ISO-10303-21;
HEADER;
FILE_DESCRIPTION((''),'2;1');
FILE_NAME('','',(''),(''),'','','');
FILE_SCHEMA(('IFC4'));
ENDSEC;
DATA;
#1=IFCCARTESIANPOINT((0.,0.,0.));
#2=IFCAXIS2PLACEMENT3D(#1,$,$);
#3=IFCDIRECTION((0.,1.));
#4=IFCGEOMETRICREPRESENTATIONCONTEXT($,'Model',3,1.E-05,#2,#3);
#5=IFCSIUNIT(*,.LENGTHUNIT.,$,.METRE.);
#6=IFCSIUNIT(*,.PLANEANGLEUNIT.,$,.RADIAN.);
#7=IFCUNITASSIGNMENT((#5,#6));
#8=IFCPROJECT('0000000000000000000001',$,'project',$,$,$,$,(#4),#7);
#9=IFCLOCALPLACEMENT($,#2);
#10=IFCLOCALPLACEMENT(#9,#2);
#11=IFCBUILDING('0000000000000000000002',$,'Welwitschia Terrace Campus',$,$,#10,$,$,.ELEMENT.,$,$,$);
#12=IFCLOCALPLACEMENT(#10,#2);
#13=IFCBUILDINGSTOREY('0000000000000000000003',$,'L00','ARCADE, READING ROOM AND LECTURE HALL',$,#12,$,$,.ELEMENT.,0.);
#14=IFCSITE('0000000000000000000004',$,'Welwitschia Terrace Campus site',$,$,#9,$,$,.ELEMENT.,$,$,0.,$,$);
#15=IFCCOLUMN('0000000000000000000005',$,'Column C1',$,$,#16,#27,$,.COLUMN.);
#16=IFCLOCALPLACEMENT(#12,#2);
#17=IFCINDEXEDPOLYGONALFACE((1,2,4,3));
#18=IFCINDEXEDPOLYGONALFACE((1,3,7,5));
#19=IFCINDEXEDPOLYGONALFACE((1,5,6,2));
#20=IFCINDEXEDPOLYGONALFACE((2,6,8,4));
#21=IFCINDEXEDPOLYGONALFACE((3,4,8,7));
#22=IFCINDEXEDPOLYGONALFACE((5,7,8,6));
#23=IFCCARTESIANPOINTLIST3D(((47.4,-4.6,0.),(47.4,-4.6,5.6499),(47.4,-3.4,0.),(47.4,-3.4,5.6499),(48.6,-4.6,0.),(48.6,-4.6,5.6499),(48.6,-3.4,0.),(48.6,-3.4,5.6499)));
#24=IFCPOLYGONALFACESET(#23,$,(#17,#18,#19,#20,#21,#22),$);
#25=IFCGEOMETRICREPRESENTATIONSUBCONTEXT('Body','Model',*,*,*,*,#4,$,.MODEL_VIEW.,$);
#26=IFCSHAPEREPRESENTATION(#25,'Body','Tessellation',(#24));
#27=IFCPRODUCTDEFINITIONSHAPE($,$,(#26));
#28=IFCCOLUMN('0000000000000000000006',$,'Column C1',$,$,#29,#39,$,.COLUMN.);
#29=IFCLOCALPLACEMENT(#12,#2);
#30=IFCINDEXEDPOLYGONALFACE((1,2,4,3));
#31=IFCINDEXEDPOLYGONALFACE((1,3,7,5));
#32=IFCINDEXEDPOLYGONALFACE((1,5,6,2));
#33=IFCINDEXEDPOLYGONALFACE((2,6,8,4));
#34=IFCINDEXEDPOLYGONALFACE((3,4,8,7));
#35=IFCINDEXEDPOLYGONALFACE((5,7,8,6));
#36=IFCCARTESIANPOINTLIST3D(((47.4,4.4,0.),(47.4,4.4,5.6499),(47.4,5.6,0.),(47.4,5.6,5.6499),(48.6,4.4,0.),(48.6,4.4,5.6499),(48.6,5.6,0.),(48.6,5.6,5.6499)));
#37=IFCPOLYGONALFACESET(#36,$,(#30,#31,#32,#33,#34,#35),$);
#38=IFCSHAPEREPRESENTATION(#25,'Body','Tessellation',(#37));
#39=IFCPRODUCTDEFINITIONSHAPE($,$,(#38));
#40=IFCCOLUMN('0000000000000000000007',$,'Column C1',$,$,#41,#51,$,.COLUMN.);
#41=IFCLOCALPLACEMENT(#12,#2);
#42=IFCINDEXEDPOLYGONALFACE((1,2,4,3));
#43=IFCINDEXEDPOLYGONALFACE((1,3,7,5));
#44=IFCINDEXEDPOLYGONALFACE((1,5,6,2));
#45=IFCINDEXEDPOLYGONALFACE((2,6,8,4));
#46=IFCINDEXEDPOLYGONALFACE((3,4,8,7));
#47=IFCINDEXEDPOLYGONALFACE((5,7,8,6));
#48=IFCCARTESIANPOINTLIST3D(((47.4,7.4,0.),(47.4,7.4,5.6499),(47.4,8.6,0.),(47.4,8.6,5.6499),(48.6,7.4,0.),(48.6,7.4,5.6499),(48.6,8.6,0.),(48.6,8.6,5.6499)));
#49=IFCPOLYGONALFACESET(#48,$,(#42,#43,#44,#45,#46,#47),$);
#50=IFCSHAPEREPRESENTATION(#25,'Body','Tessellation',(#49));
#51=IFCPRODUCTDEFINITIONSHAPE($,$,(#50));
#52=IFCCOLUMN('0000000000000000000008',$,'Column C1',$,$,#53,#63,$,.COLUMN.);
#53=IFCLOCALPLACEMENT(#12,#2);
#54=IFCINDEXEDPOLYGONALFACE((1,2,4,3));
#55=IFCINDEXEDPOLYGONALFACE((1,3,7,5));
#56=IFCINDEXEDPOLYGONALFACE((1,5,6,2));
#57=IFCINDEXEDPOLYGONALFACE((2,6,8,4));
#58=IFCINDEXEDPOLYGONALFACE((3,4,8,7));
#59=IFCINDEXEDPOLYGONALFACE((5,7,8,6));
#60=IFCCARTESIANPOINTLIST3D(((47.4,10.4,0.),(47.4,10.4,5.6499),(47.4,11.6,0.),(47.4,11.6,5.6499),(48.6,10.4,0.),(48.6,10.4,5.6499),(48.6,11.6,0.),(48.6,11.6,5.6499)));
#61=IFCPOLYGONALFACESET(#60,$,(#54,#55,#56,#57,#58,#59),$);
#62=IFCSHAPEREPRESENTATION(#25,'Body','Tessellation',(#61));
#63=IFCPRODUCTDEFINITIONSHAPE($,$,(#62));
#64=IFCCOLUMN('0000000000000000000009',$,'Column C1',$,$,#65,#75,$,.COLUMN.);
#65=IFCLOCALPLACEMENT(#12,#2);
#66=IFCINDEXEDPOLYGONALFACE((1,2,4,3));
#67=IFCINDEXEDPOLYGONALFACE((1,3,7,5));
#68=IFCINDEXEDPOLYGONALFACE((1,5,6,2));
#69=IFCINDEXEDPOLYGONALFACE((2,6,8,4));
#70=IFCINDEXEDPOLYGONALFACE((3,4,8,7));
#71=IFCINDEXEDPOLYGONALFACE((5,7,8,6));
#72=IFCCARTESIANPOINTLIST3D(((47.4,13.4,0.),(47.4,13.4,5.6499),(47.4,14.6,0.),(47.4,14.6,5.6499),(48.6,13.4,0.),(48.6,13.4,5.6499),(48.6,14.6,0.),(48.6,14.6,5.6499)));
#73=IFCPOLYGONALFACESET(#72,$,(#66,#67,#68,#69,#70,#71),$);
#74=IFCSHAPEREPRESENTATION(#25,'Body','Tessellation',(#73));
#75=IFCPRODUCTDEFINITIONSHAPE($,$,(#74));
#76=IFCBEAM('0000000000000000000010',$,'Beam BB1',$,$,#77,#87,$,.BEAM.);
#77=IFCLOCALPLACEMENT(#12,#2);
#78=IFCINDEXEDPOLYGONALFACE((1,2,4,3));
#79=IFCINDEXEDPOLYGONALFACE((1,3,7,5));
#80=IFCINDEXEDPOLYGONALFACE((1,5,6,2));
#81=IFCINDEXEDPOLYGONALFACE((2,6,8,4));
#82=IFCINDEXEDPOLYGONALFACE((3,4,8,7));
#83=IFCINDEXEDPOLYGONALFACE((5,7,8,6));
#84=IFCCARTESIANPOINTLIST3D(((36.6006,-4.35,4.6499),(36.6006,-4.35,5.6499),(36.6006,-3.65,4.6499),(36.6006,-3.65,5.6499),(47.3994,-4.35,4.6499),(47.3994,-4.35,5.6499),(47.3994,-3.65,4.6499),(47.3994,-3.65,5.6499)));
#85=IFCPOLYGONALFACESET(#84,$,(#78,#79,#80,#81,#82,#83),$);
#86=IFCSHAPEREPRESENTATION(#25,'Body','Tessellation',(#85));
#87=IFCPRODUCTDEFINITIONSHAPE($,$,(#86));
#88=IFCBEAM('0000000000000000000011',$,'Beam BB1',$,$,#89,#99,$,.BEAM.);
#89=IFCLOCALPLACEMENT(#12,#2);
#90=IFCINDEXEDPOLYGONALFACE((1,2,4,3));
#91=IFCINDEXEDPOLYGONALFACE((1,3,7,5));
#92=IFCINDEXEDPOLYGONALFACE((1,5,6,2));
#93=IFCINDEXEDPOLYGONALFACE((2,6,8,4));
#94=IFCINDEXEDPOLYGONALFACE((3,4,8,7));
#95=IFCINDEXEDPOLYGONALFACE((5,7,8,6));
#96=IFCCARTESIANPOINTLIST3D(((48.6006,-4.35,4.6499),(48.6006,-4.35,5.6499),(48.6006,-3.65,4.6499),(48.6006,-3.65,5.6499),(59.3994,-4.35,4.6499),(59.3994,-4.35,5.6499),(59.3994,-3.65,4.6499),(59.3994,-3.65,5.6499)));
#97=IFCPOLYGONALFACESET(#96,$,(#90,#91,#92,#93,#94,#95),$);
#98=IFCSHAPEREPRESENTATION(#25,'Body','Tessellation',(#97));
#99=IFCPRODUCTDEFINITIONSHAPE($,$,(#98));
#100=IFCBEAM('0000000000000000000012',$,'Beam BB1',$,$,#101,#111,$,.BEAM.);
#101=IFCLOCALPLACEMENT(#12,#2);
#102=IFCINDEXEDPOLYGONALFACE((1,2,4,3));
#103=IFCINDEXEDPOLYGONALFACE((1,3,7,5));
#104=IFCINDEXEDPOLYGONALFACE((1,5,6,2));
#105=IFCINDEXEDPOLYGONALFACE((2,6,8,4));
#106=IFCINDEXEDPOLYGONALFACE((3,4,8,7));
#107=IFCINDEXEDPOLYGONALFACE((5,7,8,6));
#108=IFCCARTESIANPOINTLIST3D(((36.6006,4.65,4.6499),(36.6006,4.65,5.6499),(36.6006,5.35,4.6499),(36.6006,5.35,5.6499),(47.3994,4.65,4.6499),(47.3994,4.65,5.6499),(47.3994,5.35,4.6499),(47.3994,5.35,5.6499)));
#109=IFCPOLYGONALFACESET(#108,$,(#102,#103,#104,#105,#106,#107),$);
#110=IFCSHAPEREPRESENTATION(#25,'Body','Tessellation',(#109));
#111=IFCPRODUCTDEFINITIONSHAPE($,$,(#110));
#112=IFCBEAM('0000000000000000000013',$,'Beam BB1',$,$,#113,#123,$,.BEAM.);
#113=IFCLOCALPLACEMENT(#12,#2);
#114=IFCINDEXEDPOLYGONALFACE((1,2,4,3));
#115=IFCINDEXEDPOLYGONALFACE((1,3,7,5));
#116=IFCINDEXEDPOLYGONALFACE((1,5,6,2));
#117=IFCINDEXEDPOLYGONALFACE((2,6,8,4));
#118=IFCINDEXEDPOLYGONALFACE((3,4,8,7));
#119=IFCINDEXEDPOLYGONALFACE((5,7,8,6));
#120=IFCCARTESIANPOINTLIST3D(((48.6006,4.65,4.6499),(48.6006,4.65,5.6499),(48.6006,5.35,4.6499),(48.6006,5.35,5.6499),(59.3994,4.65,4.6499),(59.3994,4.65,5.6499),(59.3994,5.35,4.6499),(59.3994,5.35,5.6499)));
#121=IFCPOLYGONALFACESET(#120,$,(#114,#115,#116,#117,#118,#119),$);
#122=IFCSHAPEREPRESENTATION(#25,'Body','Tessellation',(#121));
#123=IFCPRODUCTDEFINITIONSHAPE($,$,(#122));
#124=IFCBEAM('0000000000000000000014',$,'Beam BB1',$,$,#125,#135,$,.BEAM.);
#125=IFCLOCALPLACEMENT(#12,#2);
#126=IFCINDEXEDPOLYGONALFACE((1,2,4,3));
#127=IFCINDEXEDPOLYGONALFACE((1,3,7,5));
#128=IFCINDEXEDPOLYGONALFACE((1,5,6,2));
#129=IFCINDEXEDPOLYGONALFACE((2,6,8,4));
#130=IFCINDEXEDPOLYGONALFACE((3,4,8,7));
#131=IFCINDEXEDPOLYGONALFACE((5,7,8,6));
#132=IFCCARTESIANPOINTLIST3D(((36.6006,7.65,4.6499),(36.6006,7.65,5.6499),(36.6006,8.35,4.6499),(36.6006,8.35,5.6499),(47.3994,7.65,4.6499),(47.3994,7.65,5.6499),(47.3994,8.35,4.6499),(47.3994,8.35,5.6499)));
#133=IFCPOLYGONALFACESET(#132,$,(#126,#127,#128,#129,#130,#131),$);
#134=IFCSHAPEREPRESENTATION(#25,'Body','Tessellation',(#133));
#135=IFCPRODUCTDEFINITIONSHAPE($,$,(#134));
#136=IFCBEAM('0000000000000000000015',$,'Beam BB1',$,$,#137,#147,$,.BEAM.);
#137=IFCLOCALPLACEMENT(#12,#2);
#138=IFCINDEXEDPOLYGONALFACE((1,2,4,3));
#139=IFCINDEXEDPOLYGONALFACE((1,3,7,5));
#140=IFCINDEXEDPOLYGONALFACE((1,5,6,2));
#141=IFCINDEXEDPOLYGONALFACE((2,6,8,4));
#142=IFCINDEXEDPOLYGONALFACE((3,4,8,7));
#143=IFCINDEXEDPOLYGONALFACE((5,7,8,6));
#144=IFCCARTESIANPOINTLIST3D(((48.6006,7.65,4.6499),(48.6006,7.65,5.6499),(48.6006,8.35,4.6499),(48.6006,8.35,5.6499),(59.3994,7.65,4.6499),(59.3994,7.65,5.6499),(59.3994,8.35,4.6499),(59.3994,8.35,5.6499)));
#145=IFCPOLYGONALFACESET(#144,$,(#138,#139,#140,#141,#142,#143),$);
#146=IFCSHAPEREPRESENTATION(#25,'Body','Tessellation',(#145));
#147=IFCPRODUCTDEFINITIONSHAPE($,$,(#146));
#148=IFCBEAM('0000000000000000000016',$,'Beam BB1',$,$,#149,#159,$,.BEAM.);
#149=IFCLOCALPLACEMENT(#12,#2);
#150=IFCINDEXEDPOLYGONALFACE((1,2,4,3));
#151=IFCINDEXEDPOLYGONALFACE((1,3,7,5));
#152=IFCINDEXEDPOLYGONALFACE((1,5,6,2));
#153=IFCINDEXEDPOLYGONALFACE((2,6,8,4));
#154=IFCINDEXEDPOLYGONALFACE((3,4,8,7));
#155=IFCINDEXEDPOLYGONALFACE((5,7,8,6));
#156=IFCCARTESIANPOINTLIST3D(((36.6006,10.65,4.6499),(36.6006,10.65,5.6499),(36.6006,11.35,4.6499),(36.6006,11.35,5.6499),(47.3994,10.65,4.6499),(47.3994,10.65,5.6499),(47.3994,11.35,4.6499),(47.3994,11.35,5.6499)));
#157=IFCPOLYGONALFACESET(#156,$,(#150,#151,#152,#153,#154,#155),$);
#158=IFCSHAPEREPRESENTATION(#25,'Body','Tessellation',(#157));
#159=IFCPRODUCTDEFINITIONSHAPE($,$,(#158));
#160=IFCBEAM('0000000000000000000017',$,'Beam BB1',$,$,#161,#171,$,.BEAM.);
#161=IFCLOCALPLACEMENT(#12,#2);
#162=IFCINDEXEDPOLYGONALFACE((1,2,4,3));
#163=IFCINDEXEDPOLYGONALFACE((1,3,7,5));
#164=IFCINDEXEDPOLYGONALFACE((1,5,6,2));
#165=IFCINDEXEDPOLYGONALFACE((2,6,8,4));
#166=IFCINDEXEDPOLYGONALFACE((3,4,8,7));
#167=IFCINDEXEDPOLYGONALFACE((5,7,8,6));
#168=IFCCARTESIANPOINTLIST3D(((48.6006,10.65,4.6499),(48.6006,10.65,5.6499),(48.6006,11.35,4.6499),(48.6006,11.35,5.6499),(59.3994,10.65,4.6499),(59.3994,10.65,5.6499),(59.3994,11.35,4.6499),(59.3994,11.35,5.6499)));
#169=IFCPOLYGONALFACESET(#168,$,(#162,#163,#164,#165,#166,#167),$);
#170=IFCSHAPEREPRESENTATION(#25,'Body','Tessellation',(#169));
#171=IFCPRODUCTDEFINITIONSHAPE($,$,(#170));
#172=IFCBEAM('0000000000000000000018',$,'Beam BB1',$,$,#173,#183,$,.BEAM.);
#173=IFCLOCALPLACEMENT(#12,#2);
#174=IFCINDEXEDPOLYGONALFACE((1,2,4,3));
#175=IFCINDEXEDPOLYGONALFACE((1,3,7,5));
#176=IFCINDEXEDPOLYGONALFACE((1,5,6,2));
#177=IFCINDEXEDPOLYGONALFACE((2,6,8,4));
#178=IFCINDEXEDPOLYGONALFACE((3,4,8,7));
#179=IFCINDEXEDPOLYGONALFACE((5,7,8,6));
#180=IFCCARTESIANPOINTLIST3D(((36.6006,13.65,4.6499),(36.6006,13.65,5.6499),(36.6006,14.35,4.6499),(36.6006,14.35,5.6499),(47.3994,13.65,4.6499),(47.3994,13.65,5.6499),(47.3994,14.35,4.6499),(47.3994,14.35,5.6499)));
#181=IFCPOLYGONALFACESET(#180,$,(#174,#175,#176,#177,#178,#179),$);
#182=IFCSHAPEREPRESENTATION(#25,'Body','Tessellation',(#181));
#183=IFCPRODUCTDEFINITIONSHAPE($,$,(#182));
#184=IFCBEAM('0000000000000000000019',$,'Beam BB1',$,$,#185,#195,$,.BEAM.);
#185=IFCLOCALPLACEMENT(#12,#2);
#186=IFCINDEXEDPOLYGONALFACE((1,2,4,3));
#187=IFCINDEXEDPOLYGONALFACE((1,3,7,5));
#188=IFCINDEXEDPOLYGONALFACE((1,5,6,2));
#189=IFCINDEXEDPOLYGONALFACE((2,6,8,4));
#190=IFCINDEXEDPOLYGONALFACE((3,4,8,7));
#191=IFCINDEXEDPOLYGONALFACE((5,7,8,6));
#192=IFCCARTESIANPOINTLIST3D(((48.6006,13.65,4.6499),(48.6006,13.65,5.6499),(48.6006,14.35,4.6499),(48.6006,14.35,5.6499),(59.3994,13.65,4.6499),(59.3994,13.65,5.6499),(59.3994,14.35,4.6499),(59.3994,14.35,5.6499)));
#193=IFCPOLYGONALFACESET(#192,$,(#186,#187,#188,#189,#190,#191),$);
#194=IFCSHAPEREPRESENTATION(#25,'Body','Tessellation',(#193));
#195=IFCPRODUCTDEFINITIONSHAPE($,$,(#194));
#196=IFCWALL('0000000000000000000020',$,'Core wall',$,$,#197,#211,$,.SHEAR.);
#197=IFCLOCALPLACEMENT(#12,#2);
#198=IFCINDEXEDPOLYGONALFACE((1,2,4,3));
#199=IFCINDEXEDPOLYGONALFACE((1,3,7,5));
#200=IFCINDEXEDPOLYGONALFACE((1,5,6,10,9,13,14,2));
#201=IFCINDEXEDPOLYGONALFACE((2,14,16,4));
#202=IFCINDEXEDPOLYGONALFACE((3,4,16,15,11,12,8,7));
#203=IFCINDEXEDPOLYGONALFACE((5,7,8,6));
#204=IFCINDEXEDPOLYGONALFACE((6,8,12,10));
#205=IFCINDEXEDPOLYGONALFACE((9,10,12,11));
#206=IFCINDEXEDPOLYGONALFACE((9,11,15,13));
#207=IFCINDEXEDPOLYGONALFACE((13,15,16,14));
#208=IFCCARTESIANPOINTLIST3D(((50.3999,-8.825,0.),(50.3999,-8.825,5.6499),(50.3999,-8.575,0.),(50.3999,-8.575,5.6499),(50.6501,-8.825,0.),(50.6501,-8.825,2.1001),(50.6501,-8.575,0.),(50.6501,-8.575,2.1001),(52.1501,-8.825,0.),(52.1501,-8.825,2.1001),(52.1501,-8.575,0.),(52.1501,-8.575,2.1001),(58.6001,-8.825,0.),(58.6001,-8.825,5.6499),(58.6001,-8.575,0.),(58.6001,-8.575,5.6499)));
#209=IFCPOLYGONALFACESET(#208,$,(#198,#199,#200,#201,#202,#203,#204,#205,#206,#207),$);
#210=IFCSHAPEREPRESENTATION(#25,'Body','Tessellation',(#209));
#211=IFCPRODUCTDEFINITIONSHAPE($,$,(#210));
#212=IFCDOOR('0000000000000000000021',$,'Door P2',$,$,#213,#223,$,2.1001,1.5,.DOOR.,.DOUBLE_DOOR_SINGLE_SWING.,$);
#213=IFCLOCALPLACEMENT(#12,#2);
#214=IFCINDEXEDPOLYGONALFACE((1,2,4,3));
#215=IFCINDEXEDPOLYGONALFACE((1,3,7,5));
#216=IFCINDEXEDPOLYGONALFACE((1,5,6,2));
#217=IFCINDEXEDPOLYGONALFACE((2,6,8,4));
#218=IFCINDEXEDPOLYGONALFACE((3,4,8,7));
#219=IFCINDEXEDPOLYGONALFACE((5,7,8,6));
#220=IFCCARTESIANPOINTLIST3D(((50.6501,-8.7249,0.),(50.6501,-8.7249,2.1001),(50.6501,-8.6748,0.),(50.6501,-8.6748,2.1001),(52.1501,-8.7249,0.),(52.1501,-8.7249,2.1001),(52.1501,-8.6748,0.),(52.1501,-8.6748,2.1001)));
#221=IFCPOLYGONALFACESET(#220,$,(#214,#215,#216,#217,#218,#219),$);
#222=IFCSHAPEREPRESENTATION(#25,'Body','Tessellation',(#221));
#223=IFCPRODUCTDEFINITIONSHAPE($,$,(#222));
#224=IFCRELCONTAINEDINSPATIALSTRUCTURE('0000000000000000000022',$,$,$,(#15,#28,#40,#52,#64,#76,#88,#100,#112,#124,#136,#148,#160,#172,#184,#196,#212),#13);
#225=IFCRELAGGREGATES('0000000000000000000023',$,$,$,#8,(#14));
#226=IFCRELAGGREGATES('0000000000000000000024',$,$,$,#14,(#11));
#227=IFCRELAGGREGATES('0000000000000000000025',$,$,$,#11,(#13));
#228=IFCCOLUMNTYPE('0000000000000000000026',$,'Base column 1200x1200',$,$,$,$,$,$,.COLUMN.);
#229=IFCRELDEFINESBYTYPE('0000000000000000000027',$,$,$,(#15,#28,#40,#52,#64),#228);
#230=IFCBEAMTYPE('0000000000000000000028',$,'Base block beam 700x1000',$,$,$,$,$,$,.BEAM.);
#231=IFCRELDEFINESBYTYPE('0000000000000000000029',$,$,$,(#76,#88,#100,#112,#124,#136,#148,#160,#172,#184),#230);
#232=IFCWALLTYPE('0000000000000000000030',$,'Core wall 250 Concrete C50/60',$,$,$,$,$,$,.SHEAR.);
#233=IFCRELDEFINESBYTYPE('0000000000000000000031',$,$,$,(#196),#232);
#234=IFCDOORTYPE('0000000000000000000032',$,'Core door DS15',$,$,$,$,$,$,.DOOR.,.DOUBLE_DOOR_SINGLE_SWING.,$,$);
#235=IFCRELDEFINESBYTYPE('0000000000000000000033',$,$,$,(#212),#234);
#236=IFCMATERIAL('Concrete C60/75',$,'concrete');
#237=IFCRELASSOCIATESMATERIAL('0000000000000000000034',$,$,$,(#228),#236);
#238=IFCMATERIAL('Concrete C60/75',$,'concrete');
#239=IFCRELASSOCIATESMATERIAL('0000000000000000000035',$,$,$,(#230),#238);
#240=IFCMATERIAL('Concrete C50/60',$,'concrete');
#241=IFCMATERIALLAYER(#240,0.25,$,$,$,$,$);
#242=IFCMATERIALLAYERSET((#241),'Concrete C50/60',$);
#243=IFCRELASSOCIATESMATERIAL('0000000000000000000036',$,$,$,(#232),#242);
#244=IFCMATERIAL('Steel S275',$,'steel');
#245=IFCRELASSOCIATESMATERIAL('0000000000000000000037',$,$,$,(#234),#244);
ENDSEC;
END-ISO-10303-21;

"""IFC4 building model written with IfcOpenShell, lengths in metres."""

from ifc_helpers import new_model, si_unit, direction, frame, frame_2d, origin, origin_2d, place, context, subcontext, project, spatial, rectangle, extrude, material, layer, layer_set, material_profile, profile_set, type_object, element, fill, save


model = new_model("IFC4")

# Units and contexts
model_context = context("Model", 3, precision=1e-05, world=origin(), true_north=direction((0.0, 1.0)))
body_context = subcontext(model_context, "Body", "Model", "MODEL_VIEW")
ifc_project = project(units=[si_unit("LENGTHUNIT", "METRE"), si_unit("PLANEANGLEUNIT", "RADIAN")], contexts=[model_context])

# Site, building, storey
site_placement = place(None, origin())
site = spatial("IfcSite", under=ifc_project, at=site_placement, Name="Welwitschia Terrace Campus site", CompositionType="ELEMENT", RefElevation=0.0)
building_placement = place(site_placement, origin())
building = spatial("IfcBuilding", under=site, at=building_placement, Name="Welwitschia Terrace Campus", CompositionType="ELEMENT")
storey_placement = place(building_placement, origin())
storey = spatial("IfcBuildingStorey", under=building, at=storey_placement, Name="L00", Description="ARCADE, READING ROOM AND LECTURE HALL", CompositionType="ELEMENT", Elevation=0.0)

# Columns
ifc_material_1 = material(Name="Concrete C60/75", Category="concrete")
ifc_material_profile_1 = material_profile(ifc_material_1, rectangle(XDim=1.2, YDim=1.2, at=origin_2d()))
ifc_profile_set_1 = profile_set([ifc_material_profile_1], Name="Concrete C60/75")
column_type = type_object("IfcColumnType", Name="Base column 1200x1200", PredefinedType="COLUMN", material=ifc_profile_set_1)
for number, where, z_axis, x_axis, name in (
    (1, (48.0, -4.0, 0.0), (0.0, 0.0, 1.0), (1.0, 0.0, 0.0), "Column C1"),
    (2, (48.0, 5.0, 0.0), (0.0, 0.0, 1.0), (1.0, 0.0, 0.0), "Column C1"),
    (3, (48.0, 8.0, 0.0), (0.0, 0.0, 1.0), (1.0, 0.0, 0.0), "Column C1"),
    (4, (48.0, 11.0, 0.0), (0.0, 0.0, 1.0), (1.0, 0.0, 0.0), "Column C1"),
    (5, (48.0, 14.0, 0.0), (0.0, 0.0, 1.0), (1.0, 0.0, 0.0), "Column C1"),
):
    element("IfcColumn", number, at=place(storey_placement, frame(where, z_axis=z_axis, x_axis=x_axis)), inside=storey, type_object=column_type, Name=name, PredefinedType="COLUMN", context=body_context, shape_type="SweptSolid", body=[
        extrude(rectangle(XDim=1.2, YDim=1.2, at=origin_2d()), origin(), (0.0, 0.0, 1.0), 5.6499),
    ])

# Beams
ifc_material_2 = material(Name="Concrete C60/75", Category="concrete")
ifc_material_profile_2 = material_profile(ifc_material_2, rectangle(XDim=0.7, YDim=1.0, at=origin_2d()))
ifc_profile_set_2 = profile_set([ifc_material_profile_2], Name="Concrete C60/75")
beam_type = type_object("IfcBeamType", Name="Base block beam 700x1000", PredefinedType="BEAM", material=ifc_profile_set_2)
for number, where, z_axis, x_axis, name in (
    (6, (36.6006, -4.0, 5.1499), (1.0, 0.0, 0.0), (0.0, 1.0, 0.0), "Beam BB1"),
    (7, (48.6006, -4.0, 5.1499), (1.0, 0.0, 0.0), (0.0, 1.0, 0.0), "Beam BB1"),
    (8, (36.6006, 5.0, 5.1499), (1.0, 0.0, 0.0), (0.0, 1.0, 0.0), "Beam BB1"),
    (9, (48.6006, 5.0, 5.1499), (1.0, 0.0, 0.0), (0.0, 1.0, 0.0), "Beam BB1"),
    (10, (36.6006, 8.0, 5.1499), (1.0, 0.0, 0.0), (0.0, 1.0, 0.0), "Beam BB1"),
    (11, (48.6006, 8.0, 5.1499), (1.0, 0.0, 0.0), (0.0, 1.0, 0.0), "Beam BB1"),
    (12, (36.6006, 11.0, 5.1499), (1.0, 0.0, 0.0), (0.0, 1.0, 0.0), "Beam BB1"),
    (13, (48.6006, 11.0, 5.1499), (1.0, 0.0, 0.0), (0.0, 1.0, 0.0), "Beam BB1"),
    (14, (36.6006, 14.0, 5.1499), (1.0, 0.0, 0.0), (0.0, 1.0, 0.0), "Beam BB1"),
    (15, (48.6006, 14.0, 5.1499), (1.0, 0.0, 0.0), (0.0, 1.0, 0.0), "Beam BB1"),
):
    element("IfcBeam", number, at=place(storey_placement, frame(where, z_axis=z_axis, x_axis=x_axis)), inside=storey, type_object=beam_type, Name=name, PredefinedType="BEAM", context=body_context, shape_type="SweptSolid", body=[
        extrude(rectangle(XDim=0.7, YDim=1.0, at=origin_2d()), origin(), (0.0, 0.0, 1.0), 10.7988),
    ])

# Wall, opening, door
ifc_material_3 = material(Name="Concrete C50/60", Category="concrete")
ifc_layer_1 = layer(ifc_material_3, 0.25)
ifc_layer_set_1 = layer_set([ifc_layer_1], Name="Concrete C50/60")
wall_type_1 = type_object("IfcWallType", Name="Core wall 250 Concrete C50/60", PredefinedType="SHEAR", material=ifc_layer_set_1)
wall_1_placement = place(storey_placement, frame((58.6001, -8.7, 0.0), z_axis=(0.0, 0.0, 1.0), x_axis=(-1.0, 0.0, 0.0)))
wall_1 = element("IfcWall", 16, at=wall_1_placement, inside=storey, type_object=wall_type_1, Name="Core wall", PredefinedType="SHEAR", context=body_context, shape_type="SweptSolid", body=[
    extrude(rectangle(XDim=8.2002, YDim=0.25, at=frame_2d((4.1001, 0.0))), origin(), (0.0, 0.0, 1.0), 5.6499),
])
opening_1_placement = place(wall_1_placement, frame((6.45, 0.0, 0.0)))
opening_1 = element("IfcOpeningElement", 17, at=opening_1_placement, cuts=wall_1, PredefinedType="OPENING", context=body_context, shape_type="SweptSolid", body=[
    extrude(rectangle(XDim=1.5, YDim=2.1001, at=frame_2d((0.75, 1.05))), frame((0.0, 0.135, 0.0), z_axis=(0.0, -1.0, 0.0), x_axis=(1.0, 0.0, 0.0)), (0.0, 0.0, 1.0), 0.27),
])
ifc_material_4 = material(Name="Steel S275", Category="steel")
door_type_1 = type_object("IfcDoorType", Name="Core door DS15", OperationType="DOUBLE_DOOR_SINGLE_SWING", PredefinedType="DOOR", material=ifc_material_4)
door_1_placement = place(opening_1_placement, origin())
door_1 = element("IfcDoor", 18, at=door_1_placement, inside=storey, type_object=door_type_1, Name="Door P2", OperationType="DOUBLE_DOOR_SINGLE_SWING", OverallHeight=2.1001, OverallWidth=1.5, PredefinedType="DOOR", context=body_context, shape_type="SweptSolid", body=[
    extrude(rectangle(XDim=1.5, YDim=2.1001, at=frame_2d((0.75, 1.05))), frame((0.0, 0.0249, 0.0), z_axis=(0.0, -1.0, 0.0), x_axis=(1.0, 0.0, 0.0)), (0.0, 0.0, 1.0), 0.05),
])
fill(opening_1, door_1)

save(model, "model.ifc")
